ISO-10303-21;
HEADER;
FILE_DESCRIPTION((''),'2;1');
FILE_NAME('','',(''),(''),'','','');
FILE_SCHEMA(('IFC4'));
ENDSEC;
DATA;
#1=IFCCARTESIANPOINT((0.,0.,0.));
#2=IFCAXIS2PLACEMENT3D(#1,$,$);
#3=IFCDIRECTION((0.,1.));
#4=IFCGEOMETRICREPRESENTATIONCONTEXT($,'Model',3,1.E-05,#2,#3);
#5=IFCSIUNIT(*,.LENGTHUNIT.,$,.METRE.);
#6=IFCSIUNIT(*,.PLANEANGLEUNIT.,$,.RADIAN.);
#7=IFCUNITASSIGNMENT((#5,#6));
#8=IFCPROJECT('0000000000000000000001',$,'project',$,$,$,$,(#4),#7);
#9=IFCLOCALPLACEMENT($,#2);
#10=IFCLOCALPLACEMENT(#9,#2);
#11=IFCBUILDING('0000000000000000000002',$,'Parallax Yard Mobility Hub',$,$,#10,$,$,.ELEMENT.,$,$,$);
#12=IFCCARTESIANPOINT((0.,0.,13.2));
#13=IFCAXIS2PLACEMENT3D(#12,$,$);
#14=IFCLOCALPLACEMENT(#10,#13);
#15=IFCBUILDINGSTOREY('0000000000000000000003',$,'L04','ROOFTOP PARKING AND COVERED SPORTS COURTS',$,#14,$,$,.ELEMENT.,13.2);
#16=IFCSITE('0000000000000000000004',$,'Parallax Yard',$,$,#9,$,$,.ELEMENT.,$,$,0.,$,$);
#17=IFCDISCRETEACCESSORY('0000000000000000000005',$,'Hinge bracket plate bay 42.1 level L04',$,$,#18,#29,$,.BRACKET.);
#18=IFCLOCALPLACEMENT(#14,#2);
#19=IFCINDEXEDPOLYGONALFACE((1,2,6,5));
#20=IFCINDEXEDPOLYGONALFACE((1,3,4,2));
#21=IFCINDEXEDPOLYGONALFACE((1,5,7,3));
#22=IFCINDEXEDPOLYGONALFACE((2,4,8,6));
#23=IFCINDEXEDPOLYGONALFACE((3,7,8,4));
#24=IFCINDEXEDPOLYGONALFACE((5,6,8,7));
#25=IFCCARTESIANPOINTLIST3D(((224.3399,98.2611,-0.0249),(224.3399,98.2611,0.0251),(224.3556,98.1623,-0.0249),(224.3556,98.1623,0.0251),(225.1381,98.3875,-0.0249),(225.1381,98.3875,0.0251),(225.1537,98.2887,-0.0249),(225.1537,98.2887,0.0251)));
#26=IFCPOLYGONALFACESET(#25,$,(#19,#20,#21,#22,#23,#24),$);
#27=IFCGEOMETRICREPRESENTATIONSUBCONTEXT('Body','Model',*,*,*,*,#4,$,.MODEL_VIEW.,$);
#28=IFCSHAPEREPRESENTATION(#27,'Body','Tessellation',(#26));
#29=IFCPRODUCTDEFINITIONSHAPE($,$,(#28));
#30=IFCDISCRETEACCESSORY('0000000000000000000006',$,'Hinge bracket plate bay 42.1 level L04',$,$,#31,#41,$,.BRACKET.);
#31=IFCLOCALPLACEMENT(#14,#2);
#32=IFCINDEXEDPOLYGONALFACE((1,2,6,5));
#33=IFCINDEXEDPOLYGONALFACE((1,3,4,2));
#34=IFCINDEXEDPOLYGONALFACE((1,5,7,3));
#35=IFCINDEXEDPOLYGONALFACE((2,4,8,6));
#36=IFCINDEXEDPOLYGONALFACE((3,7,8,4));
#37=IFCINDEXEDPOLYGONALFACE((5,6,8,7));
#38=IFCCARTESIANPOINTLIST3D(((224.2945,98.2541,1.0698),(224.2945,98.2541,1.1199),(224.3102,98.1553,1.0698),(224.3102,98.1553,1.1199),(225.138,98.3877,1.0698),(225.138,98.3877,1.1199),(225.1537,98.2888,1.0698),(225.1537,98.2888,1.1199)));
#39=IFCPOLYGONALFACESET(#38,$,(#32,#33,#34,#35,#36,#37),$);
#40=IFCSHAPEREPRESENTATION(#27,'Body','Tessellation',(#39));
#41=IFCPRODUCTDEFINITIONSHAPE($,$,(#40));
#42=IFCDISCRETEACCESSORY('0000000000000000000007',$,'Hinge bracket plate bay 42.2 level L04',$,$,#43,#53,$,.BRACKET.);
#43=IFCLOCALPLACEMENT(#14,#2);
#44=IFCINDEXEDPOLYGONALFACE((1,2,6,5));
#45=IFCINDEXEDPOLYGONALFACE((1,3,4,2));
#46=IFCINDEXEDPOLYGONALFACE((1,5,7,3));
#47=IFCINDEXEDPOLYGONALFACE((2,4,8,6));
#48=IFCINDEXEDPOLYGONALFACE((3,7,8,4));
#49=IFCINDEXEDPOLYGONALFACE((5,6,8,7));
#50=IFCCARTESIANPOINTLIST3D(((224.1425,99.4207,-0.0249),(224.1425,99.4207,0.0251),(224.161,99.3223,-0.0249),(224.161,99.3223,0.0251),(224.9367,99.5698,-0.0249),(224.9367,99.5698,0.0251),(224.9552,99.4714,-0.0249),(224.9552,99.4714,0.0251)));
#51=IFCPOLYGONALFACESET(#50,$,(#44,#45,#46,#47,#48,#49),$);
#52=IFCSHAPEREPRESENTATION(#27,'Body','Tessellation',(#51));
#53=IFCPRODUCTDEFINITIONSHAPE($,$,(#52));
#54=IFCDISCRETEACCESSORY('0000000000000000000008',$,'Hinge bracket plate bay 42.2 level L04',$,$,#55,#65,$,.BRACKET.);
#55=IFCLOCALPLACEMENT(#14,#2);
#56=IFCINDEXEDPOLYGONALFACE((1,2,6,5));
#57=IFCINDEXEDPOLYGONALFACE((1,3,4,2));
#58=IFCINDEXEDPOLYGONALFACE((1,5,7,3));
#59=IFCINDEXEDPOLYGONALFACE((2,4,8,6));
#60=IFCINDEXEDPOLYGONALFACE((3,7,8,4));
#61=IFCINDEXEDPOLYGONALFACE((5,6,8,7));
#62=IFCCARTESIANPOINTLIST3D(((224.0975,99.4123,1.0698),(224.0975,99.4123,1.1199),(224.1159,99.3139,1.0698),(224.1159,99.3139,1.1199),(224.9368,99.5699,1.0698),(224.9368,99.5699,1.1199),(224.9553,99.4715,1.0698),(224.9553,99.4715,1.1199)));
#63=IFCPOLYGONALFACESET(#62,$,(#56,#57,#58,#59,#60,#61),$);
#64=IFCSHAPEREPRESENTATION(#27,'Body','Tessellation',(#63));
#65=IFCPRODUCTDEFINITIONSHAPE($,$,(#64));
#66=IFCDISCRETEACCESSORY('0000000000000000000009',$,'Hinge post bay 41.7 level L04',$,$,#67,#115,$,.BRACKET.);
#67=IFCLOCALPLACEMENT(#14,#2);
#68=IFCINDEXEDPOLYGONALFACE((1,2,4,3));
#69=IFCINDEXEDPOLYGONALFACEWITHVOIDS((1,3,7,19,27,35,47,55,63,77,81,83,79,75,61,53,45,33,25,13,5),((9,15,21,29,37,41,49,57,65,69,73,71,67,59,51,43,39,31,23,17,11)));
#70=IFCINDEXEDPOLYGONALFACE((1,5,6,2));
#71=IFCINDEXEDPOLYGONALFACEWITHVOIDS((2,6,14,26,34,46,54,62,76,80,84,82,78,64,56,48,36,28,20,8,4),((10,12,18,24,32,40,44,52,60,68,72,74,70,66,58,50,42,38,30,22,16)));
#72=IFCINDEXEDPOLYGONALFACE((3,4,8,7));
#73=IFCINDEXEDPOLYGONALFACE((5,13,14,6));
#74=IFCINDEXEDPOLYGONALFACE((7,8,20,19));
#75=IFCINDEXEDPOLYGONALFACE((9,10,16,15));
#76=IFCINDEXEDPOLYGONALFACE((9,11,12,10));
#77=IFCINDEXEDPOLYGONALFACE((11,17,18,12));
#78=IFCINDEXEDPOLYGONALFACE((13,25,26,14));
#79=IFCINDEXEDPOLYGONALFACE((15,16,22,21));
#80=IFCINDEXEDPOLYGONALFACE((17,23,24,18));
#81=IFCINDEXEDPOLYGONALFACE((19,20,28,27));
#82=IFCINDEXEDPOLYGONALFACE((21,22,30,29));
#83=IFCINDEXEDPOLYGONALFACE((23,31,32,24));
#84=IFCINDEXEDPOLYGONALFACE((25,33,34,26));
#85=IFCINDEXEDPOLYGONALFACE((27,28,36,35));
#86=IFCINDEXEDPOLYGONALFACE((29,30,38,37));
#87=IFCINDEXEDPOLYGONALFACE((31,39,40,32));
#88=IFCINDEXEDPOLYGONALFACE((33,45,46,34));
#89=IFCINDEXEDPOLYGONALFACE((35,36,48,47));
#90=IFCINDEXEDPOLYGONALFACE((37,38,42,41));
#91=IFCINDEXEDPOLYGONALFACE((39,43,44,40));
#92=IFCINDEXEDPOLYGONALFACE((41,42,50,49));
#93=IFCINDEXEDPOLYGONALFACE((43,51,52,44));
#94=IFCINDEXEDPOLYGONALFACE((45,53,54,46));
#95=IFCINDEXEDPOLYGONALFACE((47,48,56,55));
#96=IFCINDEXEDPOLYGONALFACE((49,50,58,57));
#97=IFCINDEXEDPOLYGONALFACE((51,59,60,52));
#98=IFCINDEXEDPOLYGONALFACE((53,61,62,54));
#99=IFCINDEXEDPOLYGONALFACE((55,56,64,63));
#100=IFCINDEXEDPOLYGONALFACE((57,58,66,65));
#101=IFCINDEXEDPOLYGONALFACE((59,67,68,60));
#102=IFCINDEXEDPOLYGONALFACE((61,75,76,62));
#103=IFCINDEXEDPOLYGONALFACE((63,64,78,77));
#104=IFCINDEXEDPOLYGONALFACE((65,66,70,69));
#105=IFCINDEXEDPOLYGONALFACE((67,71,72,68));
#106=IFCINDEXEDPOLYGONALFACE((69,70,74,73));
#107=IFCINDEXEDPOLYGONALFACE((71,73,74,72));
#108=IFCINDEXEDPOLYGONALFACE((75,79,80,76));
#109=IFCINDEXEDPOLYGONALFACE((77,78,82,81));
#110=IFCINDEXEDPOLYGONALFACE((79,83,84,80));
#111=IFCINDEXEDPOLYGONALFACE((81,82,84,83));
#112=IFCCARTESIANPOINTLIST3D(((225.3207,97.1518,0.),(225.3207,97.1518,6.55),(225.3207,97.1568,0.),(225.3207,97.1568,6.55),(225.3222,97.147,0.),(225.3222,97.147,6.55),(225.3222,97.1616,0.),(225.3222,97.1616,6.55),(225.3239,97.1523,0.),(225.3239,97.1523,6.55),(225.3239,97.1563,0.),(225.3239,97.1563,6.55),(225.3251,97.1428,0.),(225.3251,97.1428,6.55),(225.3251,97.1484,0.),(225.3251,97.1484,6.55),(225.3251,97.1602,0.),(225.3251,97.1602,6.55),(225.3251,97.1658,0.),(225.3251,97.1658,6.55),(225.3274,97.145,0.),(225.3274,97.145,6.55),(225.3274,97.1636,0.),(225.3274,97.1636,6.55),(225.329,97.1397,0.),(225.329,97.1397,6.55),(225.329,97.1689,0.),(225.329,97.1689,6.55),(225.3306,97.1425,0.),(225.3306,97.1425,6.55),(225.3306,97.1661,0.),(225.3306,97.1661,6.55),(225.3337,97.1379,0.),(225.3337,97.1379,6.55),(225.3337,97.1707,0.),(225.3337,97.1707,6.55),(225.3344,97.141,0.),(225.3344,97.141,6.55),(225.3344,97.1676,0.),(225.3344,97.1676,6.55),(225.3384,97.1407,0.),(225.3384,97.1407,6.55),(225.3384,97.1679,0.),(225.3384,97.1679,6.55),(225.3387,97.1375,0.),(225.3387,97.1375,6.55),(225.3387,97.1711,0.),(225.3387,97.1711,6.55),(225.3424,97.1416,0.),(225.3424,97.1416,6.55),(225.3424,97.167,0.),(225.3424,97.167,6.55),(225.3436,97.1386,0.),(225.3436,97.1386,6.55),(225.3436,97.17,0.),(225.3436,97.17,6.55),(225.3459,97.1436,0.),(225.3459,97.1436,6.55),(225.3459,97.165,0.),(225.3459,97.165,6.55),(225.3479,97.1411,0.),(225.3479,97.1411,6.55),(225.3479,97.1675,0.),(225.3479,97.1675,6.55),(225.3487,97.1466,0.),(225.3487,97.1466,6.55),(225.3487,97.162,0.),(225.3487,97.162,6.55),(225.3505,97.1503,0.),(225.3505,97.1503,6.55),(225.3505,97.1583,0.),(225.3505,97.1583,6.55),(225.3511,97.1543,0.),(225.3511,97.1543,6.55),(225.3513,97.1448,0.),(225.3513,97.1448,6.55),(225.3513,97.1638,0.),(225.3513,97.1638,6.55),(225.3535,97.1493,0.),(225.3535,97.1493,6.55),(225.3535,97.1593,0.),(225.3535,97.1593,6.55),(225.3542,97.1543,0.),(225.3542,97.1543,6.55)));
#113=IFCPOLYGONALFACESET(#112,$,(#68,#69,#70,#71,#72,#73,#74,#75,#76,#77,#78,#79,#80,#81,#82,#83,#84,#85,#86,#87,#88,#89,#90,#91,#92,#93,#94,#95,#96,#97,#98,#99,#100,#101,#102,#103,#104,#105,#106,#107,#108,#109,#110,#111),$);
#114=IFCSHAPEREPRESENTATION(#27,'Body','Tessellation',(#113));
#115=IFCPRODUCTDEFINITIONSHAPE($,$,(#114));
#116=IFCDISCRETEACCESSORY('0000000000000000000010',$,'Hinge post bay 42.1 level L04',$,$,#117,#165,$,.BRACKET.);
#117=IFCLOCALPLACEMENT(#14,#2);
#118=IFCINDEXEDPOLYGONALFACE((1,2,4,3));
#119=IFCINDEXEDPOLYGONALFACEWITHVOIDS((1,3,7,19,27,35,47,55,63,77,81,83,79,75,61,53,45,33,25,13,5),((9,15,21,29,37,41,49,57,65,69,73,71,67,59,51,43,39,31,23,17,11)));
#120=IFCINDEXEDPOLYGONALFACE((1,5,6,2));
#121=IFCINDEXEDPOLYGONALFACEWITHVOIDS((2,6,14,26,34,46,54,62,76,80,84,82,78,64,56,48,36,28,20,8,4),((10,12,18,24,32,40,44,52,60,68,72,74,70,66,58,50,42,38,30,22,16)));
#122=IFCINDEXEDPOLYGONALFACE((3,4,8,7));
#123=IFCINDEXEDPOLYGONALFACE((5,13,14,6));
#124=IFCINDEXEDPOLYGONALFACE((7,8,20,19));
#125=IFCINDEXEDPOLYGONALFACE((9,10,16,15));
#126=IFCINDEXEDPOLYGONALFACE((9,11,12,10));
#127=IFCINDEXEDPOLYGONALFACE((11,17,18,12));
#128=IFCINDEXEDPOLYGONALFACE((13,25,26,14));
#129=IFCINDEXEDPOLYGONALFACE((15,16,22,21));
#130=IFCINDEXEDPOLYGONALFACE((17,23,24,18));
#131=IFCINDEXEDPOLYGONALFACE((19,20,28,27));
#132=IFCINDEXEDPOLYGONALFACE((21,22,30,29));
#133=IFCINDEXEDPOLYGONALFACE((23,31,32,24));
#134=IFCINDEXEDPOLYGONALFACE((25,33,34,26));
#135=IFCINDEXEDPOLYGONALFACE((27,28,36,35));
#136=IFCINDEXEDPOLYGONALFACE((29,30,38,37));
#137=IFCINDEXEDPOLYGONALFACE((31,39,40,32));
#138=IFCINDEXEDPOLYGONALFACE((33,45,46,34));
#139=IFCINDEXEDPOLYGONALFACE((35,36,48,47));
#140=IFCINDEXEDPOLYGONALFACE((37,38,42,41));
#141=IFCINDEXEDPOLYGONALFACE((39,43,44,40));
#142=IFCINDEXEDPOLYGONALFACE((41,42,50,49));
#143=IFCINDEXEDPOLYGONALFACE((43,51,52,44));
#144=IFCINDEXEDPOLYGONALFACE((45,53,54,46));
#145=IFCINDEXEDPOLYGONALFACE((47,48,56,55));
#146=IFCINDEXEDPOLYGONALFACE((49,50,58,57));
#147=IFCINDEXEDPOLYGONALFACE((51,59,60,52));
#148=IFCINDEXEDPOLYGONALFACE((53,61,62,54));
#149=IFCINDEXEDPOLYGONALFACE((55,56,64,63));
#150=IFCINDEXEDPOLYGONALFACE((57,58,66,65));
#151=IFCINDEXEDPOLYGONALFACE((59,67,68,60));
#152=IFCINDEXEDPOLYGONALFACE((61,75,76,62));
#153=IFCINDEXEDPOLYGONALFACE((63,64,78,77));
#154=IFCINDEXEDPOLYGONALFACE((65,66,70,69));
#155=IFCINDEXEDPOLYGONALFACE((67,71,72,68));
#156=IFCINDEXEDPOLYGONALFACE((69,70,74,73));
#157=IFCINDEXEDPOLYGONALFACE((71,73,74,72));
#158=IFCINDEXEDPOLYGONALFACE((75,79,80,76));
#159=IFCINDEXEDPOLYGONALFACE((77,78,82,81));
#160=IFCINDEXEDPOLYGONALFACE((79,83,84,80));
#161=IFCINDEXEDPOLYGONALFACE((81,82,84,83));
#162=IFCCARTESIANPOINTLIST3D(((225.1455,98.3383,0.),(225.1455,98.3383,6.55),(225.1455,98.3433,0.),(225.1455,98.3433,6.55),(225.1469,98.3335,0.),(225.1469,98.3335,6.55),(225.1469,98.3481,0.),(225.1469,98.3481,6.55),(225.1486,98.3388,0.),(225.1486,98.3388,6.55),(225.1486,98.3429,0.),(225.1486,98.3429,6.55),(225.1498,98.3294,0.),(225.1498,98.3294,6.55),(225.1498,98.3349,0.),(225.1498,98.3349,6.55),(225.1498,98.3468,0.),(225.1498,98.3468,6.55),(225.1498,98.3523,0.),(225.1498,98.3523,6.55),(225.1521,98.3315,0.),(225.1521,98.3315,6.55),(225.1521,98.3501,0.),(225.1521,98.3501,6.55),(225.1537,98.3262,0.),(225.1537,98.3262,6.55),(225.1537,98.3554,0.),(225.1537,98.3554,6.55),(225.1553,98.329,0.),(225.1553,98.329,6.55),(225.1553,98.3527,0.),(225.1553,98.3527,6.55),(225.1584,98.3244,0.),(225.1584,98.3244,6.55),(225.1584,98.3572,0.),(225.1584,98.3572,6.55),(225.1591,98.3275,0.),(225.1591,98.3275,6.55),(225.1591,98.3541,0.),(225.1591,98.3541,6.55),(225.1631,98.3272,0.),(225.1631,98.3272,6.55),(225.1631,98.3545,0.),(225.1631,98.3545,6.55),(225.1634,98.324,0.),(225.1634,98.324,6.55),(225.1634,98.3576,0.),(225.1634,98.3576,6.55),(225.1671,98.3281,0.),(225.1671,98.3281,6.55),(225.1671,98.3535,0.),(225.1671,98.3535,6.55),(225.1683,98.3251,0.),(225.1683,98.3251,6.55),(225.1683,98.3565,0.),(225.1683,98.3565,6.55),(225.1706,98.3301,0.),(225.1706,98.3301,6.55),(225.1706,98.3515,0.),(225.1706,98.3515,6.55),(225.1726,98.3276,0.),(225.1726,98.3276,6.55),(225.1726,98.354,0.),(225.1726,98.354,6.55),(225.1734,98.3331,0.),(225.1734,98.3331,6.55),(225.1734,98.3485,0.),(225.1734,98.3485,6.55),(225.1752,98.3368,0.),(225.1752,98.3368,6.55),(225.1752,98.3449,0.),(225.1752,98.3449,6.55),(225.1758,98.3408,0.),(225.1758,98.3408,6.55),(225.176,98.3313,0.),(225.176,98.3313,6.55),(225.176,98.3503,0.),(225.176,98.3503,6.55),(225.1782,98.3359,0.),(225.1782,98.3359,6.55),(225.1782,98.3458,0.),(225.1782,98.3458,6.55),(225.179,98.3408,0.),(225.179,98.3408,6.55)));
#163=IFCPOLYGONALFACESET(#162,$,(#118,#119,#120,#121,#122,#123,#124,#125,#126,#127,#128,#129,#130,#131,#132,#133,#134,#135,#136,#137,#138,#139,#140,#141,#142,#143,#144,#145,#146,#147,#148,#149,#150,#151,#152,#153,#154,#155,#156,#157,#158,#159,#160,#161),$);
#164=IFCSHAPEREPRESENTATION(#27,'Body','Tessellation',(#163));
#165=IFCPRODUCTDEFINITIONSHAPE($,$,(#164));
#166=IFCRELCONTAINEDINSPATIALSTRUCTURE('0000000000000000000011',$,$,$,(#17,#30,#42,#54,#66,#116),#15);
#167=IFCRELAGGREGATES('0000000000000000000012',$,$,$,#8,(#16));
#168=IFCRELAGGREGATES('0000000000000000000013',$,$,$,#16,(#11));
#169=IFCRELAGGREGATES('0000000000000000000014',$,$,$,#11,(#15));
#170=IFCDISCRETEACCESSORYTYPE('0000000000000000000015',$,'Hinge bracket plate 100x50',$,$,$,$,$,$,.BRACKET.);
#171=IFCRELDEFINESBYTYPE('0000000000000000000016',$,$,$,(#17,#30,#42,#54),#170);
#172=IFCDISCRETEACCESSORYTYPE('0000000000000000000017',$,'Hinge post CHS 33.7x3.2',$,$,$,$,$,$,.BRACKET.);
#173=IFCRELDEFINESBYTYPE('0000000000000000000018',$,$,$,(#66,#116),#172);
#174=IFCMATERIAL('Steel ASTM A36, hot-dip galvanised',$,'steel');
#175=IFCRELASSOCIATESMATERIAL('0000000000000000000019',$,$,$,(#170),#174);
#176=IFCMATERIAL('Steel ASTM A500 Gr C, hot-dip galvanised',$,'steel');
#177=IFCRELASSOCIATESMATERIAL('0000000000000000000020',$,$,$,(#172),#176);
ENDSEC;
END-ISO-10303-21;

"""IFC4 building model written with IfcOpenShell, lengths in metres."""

from ifc_helpers import new_model, si_unit, direction, frame, origin, origin_2d, place, context, subcontext, project, spatial, rectangle, hollow_circle, extrude, material, material_profile, profile_set, type_object, element, save


model = new_model("IFC4")

# Units and contexts
model_context = context("Model", 3, precision=1e-05, world=origin(), true_north=direction((0.0, 1.0)))
body_context = subcontext(model_context, "Body", "Model", "MODEL_VIEW")
ifc_project = project(units=[si_unit("LENGTHUNIT", "METRE"), si_unit("PLANEANGLEUNIT", "RADIAN")], contexts=[model_context])

# Site, building, storey
site_placement = place(None, origin())
site = spatial("IfcSite", under=ifc_project, at=site_placement, Name="Parallax Yard", CompositionType="ELEMENT", RefElevation=0.0)
building_placement = place(site_placement, origin())
building = spatial("IfcBuilding", under=site, at=building_placement, Name="Parallax Yard Mobility Hub", CompositionType="ELEMENT")
storey_placement = place(building_placement, frame((0.0, 0.0, 13.2)))
storey = spatial("IfcBuildingStorey", under=building, at=storey_placement, Name="L04", Description="ROOFTOP PARKING AND COVERED SPORTS COURTS", CompositionType="ELEMENT", Elevation=13.2)

# Discrete accessories
ifc_material_1 = material(Name="Steel ASTM A36, hot-dip galvanised", Category="steel")
discrete_accessory_type_1 = type_object("IfcDiscreteAccessoryType", Name="Hinge bracket plate 100x50", PredefinedType="BRACKET", material=ifc_material_1)
discrete_accessory_1_placement = place(storey_placement, frame((224.7468, 98.2749, -0.0249), z_axis=(0.0, 0.0, 1.0), x_axis=(0.987688, 0.156434, 0.0)))
element("IfcDiscreteAccessory", 1, at=discrete_accessory_1_placement, inside=storey, type_object=discrete_accessory_type_1, Name="Hinge bracket plate bay 42.1 level L04", PredefinedType="BRACKET", context=body_context, shape_type="SweptSolid", body=[
    extrude(rectangle(XDim=0.8081, YDim=0.1001, at=origin_2d()), origin(), (0.0, 0.0, 1.0), 0.05),
])
discrete_accessory_2_placement = place(storey_placement, frame((224.7241, 98.2715, 1.0698), z_axis=(0.0, 0.0, 1.0), x_axis=(0.987688, 0.156434, 0.0)))
element("IfcDiscreteAccessory", 2, at=discrete_accessory_2_placement, inside=storey, type_object=discrete_accessory_type_1, Name="Hinge bracket plate bay 42.1 level L04", PredefinedType="BRACKET", context=body_context, shape_type="SweptSolid", body=[
    extrude(rectangle(XDim=0.854, YDim=0.1001, at=origin_2d()), origin(), (0.0, 0.0, 1.0), 0.05),
])
discrete_accessory_3_placement = place(storey_placement, frame((224.5488, 99.446, -0.0249), z_axis=(0.0, 0.0, 1.0), x_axis=(0.982818, 0.184576, 0.0)))
element("IfcDiscreteAccessory", 3, at=discrete_accessory_3_placement, inside=storey, type_object=discrete_accessory_type_1, Name="Hinge bracket plate bay 42.2 level L04", PredefinedType="BRACKET", context=body_context, shape_type="SweptSolid", body=[
    extrude(rectangle(XDim=0.8081, YDim=0.1001, at=origin_2d()), origin(), (0.0, 0.0, 1.0), 0.05),
])
discrete_accessory_4_placement = place(storey_placement, frame((224.5264, 99.4419, 1.0698), z_axis=(0.0, 0.0, 1.0), x_axis=(0.982818, 0.184576, 0.0)))
element("IfcDiscreteAccessory", 4, at=discrete_accessory_4_placement, inside=storey, type_object=discrete_accessory_type_1, Name="Hinge bracket plate bay 42.2 level L04", PredefinedType="BRACKET", context=body_context, shape_type="SweptSolid", body=[
    extrude(rectangle(XDim=0.854, YDim=0.1001, at=origin_2d()), origin(), (0.0, 0.0, 1.0), 0.05),
])
ifc_material_2 = material(Name="Steel ASTM A500 Gr C, hot-dip galvanised", Category="steel")
ifc_material_profile_1 = material_profile(ifc_material_2, hollow_circle(Radius=0.0168, WallThickness=0.0032, at=origin_2d()), Name="CHS 33.7x3.2")
ifc_profile_set_1 = profile_set([ifc_material_profile_1], Name="Steel ASTM A500 Gr C, hot-dip galvanised")
discrete_accessory_type_2 = type_object("IfcDiscreteAccessoryType", Name="Hinge post CHS 33.7x3.2", PredefinedType="BRACKET", material=ifc_profile_set_1)
for number, where, z_axis, x_axis, name in (
    (5, (225.3374, 97.1543, 0.0), (0.0, 0.0, 1.0), (1.0, 0.0, 0.0), "Hinge post bay 41.7 level L04"),
    (6, (225.1621, 98.3408, 0.0), (0.0, 0.0, 1.0), (1.0, 0.0, 0.0), "Hinge post bay 42.1 level L04"),
):
    element("IfcDiscreteAccessory", number, at=place(storey_placement, frame(where, z_axis=z_axis, x_axis=x_axis)), inside=storey, type_object=discrete_accessory_type_2, Name=name, PredefinedType="BRACKET", context=body_context, shape_type="SweptSolid", body=[
        extrude(hollow_circle(Radius=0.0168, WallThickness=0.0032, at=origin_2d()), origin(), (0.0, 0.0, 1.0), 6.55),
    ])

save(model, "model.ifc")
